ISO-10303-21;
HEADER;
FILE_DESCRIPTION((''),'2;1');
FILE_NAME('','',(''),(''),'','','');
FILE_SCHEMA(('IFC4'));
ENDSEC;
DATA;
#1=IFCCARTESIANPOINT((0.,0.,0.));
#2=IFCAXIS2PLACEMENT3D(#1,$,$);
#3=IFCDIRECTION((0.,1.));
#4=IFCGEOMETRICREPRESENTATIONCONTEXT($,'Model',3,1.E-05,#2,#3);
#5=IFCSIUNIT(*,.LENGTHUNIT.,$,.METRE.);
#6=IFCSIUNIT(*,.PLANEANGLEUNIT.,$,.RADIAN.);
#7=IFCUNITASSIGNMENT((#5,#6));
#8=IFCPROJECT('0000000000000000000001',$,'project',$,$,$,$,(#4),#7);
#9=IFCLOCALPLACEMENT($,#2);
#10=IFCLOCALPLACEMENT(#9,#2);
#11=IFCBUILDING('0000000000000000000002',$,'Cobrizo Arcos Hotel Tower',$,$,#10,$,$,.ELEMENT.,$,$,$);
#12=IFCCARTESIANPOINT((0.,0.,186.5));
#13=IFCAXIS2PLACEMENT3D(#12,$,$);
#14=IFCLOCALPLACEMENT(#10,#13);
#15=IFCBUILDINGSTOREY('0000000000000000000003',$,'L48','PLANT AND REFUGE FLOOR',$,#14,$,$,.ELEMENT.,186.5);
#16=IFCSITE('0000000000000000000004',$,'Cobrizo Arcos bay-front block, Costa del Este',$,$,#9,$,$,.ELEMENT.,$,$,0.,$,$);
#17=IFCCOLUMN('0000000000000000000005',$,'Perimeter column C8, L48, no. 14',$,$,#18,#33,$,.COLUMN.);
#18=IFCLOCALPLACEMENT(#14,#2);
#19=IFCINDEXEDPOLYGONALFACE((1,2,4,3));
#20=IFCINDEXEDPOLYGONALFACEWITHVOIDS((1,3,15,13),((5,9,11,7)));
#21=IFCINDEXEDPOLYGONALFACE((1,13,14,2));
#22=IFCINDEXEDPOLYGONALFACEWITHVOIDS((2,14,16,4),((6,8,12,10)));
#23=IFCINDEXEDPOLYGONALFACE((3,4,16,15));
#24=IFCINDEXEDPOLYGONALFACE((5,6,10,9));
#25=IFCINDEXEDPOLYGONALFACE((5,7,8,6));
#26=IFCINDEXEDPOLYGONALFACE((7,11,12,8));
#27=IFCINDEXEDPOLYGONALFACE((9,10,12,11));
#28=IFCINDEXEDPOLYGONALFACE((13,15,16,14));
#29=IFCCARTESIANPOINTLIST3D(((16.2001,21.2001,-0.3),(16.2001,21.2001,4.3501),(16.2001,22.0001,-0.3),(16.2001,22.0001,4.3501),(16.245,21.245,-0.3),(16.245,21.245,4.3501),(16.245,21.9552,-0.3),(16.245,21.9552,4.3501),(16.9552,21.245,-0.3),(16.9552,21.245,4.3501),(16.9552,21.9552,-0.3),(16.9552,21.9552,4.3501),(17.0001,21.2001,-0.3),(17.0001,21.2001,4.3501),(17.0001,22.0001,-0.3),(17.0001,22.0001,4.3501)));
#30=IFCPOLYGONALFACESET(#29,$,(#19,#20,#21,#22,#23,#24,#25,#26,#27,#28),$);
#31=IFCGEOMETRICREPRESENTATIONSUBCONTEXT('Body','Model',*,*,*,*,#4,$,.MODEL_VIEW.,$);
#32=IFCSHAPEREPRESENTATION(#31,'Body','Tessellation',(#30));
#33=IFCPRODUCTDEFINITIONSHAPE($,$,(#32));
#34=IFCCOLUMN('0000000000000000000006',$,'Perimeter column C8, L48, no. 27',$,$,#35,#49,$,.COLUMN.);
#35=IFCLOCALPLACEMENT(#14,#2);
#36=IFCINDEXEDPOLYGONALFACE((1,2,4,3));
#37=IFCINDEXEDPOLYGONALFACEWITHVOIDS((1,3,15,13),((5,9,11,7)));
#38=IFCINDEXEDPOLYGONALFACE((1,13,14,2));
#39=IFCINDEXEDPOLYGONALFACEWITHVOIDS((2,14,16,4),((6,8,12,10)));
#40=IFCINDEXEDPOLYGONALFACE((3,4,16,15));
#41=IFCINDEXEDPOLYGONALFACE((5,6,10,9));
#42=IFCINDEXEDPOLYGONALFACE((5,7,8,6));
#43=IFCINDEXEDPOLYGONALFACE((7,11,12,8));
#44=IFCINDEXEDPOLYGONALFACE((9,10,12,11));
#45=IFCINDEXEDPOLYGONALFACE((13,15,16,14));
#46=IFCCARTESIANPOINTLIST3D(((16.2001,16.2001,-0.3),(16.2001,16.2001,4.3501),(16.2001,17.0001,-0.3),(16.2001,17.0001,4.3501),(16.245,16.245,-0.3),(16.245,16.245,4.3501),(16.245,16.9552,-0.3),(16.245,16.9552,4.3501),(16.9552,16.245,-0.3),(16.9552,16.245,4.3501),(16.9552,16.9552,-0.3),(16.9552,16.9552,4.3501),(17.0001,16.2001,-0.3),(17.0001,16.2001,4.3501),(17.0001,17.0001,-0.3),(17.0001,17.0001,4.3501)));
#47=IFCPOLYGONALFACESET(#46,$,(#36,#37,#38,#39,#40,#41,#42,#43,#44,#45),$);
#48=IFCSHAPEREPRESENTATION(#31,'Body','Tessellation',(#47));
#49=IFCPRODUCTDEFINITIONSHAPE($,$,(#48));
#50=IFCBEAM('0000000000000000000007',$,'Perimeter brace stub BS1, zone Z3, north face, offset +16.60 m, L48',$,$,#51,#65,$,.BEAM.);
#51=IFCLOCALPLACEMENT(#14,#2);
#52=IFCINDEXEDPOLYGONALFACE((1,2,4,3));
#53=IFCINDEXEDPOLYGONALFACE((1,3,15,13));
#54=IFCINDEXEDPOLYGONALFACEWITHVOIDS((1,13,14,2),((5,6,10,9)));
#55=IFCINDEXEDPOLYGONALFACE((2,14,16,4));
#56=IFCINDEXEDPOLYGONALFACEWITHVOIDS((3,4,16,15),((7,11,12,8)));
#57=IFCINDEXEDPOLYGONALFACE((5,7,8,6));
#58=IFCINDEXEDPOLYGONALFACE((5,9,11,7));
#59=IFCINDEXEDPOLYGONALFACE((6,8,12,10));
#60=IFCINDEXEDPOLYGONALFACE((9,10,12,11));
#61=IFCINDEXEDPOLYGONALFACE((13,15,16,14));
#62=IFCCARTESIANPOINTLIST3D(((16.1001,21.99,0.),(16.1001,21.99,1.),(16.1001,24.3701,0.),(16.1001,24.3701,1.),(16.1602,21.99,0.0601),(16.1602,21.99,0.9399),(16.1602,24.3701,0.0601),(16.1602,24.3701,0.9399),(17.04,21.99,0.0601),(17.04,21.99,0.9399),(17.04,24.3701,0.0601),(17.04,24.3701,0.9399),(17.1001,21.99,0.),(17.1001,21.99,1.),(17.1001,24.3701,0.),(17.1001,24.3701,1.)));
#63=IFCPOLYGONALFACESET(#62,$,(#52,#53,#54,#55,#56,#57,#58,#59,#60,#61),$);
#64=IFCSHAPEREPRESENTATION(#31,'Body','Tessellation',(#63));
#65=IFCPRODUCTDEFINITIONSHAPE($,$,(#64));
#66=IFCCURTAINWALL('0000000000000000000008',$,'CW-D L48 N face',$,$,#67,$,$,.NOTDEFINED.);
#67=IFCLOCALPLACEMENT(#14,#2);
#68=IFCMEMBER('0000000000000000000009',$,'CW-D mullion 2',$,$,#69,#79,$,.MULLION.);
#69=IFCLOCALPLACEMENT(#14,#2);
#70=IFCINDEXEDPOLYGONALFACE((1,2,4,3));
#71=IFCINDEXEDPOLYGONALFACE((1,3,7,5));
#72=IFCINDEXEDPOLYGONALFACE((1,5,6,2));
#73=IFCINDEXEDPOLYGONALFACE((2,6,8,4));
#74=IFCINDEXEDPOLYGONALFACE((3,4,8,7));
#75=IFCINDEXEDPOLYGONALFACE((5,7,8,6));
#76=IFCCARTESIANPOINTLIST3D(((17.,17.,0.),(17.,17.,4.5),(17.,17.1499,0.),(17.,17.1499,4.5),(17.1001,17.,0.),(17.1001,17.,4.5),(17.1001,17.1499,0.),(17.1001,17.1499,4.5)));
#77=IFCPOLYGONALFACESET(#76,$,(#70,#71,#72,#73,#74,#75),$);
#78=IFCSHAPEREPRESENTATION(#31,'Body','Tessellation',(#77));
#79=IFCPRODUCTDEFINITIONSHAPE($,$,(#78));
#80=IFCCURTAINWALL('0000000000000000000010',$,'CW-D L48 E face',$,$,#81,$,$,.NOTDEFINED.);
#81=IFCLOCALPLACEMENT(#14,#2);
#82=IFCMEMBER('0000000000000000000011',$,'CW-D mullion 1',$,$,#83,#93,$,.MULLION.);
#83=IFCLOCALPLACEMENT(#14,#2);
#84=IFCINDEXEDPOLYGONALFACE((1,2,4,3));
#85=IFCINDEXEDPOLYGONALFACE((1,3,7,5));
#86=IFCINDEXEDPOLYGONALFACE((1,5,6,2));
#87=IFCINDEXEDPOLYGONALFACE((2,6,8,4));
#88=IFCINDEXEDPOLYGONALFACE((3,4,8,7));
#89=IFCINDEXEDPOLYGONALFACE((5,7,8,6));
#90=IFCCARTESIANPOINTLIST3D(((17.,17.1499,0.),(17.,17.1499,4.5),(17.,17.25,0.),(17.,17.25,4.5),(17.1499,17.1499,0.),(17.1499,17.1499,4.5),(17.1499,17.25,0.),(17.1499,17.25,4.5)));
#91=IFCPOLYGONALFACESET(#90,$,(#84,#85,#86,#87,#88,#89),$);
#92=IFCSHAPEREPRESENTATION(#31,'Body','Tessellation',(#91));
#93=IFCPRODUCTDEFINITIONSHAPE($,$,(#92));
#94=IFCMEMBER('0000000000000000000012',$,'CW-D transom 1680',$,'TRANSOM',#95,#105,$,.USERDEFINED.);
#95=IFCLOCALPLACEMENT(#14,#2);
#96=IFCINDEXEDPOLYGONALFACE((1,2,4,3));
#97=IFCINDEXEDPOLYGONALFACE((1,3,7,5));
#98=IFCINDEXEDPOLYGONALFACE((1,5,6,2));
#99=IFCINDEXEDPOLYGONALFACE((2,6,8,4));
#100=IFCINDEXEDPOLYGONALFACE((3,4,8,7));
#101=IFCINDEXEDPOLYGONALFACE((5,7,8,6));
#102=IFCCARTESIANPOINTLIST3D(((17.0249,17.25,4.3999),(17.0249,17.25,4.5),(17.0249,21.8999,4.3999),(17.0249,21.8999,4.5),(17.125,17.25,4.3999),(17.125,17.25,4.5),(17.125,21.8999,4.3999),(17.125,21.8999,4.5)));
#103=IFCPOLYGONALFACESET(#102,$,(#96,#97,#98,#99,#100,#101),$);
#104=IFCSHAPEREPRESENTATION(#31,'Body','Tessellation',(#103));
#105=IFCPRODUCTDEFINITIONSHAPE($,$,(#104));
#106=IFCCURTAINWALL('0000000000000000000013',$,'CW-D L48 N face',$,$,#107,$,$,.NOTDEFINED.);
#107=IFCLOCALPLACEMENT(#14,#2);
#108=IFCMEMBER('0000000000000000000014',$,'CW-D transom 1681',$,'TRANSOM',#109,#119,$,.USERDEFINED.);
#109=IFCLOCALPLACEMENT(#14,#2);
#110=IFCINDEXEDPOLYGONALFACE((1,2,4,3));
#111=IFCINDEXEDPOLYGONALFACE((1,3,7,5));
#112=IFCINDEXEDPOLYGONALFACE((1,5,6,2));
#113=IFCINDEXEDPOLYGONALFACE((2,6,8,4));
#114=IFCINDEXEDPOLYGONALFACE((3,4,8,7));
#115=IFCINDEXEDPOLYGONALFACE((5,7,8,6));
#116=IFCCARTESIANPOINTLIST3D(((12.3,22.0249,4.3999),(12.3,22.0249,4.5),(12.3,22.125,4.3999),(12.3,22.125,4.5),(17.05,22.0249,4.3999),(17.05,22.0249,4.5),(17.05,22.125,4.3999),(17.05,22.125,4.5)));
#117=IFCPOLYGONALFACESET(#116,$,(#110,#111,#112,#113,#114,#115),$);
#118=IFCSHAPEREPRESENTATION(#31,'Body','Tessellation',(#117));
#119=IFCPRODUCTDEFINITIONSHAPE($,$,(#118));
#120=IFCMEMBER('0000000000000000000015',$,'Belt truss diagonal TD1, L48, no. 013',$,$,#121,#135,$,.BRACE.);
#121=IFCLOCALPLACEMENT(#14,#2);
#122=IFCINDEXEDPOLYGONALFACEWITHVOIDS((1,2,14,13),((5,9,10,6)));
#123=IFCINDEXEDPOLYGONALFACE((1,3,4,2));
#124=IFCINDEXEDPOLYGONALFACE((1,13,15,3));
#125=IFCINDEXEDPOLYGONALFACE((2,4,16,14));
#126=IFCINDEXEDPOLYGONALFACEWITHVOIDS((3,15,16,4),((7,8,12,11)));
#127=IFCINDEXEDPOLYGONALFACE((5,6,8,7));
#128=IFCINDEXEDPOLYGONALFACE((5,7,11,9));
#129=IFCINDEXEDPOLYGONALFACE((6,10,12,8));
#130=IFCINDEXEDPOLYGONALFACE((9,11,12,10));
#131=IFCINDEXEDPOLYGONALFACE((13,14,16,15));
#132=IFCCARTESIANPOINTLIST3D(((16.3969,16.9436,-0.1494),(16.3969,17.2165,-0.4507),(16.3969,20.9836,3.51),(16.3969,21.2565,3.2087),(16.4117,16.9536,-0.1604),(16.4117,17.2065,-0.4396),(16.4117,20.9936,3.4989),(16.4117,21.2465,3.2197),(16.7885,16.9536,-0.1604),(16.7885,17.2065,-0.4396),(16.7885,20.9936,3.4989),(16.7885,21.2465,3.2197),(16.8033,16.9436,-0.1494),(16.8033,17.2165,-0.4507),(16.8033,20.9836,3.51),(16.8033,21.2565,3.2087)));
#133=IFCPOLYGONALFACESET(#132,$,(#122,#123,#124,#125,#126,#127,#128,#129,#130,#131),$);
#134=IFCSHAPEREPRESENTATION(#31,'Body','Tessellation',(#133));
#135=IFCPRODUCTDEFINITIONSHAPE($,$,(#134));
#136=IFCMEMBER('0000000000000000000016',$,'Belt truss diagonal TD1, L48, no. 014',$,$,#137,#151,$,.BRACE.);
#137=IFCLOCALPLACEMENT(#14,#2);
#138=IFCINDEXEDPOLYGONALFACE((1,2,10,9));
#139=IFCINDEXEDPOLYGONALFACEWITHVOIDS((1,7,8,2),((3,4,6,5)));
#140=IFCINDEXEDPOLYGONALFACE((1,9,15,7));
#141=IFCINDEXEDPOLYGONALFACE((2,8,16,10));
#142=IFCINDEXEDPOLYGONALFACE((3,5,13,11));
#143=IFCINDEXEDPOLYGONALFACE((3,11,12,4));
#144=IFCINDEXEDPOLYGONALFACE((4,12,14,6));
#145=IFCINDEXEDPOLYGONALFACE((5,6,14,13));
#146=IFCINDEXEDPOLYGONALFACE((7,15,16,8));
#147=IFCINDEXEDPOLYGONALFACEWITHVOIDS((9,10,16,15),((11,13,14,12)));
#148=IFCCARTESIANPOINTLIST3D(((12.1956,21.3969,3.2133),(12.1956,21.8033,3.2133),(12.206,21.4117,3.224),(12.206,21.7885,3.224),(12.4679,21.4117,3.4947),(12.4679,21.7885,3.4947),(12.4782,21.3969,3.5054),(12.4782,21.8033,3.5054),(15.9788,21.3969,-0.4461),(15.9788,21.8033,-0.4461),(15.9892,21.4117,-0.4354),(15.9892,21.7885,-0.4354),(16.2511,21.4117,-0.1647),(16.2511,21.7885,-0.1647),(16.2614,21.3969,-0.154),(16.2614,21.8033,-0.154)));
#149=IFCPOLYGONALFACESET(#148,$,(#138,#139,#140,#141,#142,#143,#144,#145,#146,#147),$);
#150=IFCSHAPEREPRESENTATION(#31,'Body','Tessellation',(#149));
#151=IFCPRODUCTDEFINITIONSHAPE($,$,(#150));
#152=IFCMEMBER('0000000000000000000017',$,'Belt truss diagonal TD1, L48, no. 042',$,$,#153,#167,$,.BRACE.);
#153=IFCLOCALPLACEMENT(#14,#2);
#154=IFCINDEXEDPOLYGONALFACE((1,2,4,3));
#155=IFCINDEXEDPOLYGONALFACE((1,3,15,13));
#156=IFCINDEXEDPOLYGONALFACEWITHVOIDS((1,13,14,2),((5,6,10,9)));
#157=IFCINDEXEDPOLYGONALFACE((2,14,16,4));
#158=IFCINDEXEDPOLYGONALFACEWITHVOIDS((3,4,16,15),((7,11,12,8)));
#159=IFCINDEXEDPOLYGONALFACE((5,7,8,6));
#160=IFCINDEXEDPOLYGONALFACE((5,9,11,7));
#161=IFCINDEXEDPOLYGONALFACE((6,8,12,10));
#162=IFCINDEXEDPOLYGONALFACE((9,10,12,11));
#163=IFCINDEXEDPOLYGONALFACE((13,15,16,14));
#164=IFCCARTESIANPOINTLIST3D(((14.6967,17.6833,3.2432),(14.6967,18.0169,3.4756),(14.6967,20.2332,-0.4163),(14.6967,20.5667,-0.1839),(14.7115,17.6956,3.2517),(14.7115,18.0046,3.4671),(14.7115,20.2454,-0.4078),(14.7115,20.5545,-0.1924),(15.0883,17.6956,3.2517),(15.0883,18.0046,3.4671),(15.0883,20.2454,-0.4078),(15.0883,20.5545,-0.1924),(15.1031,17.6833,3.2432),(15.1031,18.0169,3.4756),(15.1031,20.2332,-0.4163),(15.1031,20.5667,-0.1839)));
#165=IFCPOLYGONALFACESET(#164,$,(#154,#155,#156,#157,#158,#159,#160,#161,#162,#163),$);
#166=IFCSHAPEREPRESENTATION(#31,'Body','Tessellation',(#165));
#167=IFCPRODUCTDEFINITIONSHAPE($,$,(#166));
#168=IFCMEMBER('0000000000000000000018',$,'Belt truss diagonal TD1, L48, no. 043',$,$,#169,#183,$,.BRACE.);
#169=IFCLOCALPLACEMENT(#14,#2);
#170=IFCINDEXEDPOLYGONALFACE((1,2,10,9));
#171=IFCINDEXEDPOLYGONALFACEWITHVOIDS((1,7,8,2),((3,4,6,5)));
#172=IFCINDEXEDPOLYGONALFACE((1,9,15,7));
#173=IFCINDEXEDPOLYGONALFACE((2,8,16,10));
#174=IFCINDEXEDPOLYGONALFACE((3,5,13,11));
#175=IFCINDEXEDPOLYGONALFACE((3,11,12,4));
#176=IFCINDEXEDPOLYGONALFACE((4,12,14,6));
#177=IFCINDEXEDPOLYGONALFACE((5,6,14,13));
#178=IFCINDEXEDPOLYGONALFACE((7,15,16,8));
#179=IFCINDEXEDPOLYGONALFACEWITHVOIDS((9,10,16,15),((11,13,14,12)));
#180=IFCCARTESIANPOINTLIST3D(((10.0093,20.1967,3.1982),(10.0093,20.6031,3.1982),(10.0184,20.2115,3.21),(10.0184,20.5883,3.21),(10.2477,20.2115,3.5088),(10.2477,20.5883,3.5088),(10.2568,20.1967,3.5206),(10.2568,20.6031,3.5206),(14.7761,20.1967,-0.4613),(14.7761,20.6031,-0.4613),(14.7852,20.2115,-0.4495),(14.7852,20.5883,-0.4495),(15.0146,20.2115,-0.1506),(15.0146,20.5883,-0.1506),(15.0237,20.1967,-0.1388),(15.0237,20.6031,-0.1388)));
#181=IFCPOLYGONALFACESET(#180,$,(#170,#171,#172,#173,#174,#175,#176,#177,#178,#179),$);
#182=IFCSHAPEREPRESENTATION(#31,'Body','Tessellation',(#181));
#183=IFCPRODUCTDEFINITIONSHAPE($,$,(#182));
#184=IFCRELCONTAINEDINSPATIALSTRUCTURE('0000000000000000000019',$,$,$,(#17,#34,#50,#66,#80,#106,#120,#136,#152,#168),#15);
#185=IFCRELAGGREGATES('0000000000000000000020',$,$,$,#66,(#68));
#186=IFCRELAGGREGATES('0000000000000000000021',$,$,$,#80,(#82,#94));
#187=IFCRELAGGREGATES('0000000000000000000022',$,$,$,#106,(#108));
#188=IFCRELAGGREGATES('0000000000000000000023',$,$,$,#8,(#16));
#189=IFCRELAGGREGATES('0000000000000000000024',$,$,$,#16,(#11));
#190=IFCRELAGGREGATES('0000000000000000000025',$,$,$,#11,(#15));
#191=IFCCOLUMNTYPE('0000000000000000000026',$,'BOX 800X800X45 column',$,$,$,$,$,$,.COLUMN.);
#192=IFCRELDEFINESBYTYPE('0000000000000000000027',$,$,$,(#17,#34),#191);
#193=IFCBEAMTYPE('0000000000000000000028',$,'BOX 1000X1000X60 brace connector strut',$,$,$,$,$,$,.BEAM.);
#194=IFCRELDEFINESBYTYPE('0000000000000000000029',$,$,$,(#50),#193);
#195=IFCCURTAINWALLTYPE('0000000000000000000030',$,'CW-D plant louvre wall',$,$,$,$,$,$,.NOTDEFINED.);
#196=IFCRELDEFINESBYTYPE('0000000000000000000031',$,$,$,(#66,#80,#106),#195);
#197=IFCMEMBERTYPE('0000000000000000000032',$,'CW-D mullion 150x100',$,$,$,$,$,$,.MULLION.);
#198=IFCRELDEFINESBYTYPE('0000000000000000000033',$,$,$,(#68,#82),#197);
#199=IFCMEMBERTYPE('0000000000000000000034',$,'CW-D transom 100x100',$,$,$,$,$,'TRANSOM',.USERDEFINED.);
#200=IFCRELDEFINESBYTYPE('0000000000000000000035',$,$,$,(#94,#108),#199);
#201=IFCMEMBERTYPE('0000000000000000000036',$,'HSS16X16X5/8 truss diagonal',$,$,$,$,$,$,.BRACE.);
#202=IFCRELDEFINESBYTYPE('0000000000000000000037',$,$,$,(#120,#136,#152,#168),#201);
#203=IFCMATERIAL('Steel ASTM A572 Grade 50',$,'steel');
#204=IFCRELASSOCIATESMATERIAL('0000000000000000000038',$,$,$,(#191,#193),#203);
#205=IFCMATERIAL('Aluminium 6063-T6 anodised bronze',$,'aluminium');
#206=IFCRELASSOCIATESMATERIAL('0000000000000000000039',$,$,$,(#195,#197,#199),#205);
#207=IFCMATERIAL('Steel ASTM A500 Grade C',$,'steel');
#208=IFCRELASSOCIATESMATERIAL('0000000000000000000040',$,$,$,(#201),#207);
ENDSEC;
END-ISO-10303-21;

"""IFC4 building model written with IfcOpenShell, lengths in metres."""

from ifc_helpers import new_model, si_unit, direction, frame, origin, origin_2d, place, context, subcontext, project, spatial, rectangle, hollow_rectangle, extrude, material, material_profile, profile_set, type_object, element, aggregate, save


model = new_model("IFC4")

# Units and contexts
model_context = context("Model", 3, precision=1e-05, world=origin(), true_north=direction((0.0, 1.0)))
body_context = subcontext(model_context, "Body", "Model", "MODEL_VIEW")
ifc_project = project(units=[si_unit("LENGTHUNIT", "METRE"), si_unit("PLANEANGLEUNIT", "RADIAN")], contexts=[model_context])

# Site, building, storey
site_placement = place(None, origin())
site = spatial("IfcSite", under=ifc_project, at=site_placement, Name="Cobrizo Arcos bay-front block, Costa del Este", CompositionType="ELEMENT", RefElevation=0.0)
building_placement = place(site_placement, origin())
building = spatial("IfcBuilding", under=site, at=building_placement, Name="Cobrizo Arcos Hotel Tower", CompositionType="ELEMENT")
storey_placement = place(building_placement, frame((0.0, 0.0, 186.5)))
storey = spatial("IfcBuildingStorey", under=building, at=storey_placement, Name="L48", Description="PLANT AND REFUGE FLOOR", CompositionType="ELEMENT", Elevation=186.5)

# Columns
ifc_material_1 = material(Name="Steel ASTM A572 Grade 50", Category="steel")
ifc_material_profile_1 = material_profile(ifc_material_1, hollow_rectangle(XDim=0.8, YDim=0.8, WallThickness=0.0449, at=origin_2d()), Name="BOX 800X800X45")
ifc_profile_set_1 = profile_set([ifc_material_profile_1], Name="Steel ASTM A572 Grade 50")
column_type = type_object("IfcColumnType", Name="BOX 800X800X45 column", PredefinedType="COLUMN", material=ifc_profile_set_1)
for number, where, z_axis, x_axis, name in (
    (1, (16.6001, 21.6001, -0.3), (0.0, 0.0, 1.0), (1.0, 0.0, 0.0), "Perimeter column C8, L48, no. 14"),
    (2, (16.6001, 16.6001, -0.3), (0.0, 0.0, 1.0), (1.0, 0.0, 0.0), "Perimeter column C8, L48, no. 27"),
):
    element("IfcColumn", number, at=place(storey_placement, frame(where, z_axis=z_axis, x_axis=x_axis)), inside=storey, type_object=column_type, Name=name, PredefinedType="COLUMN", context=body_context, shape_type="SweptSolid", body=[
        extrude(hollow_rectangle(XDim=0.8, YDim=0.8, WallThickness=0.0449, at=origin_2d()), origin(), (0.0, 0.0, 1.0), 4.6501),
    ])

# Beam
ifc_material_profile_2 = material_profile(ifc_material_1, hollow_rectangle(XDim=1.0, YDim=1.0, WallThickness=0.0601, at=origin_2d()), Name="BOX 1000X1000X60")
ifc_profile_set_2 = profile_set([ifc_material_profile_2], Name="Steel ASTM A572 Grade 50")
beam_type = type_object("IfcBeamType", Name="BOX 1000X1000X60 brace connector strut", PredefinedType="BEAM", material=ifc_profile_set_2)
beam_placement = place(storey_placement, frame((16.6001, 21.99, 0.5), z_axis=(0.0, 1.0, 0.0), x_axis=(-1.0, 0.0, 0.0)))
element("IfcBeam", 3, at=beam_placement, inside=storey, type_object=beam_type, Name="Perimeter brace stub BS1, zone Z3, north face, offset +16.60 m, L48", PredefinedType="BEAM", context=body_context, shape_type="SweptSolid", body=[
    extrude(hollow_rectangle(XDim=1.0, YDim=1.0, WallThickness=0.0601, at=origin_2d()), origin(), (0.0, 0.0, 1.0), 2.3801),
])

# Curtain wall, member
ifc_material_2 = material(Name="Aluminium 6063-T6 anodised bronze", Category="aluminium")
curtain_wall_type = type_object("IfcCurtainWallType", Name="CW-D plant louvre wall", PredefinedType="NOTDEFINED", material=ifc_material_2)
curtain_wall_1_placement = place(storey_placement, origin())
curtain_wall_1 = element("IfcCurtainWall", 4, at=curtain_wall_1_placement, inside=storey, type_object=curtain_wall_type, Name="CW-D L48 N face", PredefinedType="NOTDEFINED")
ifc_material_profile_3 = material_profile(ifc_material_2, rectangle(XDim=0.1499, YDim=0.1001, at=origin_2d()), Name="CW-D mullion 150x100")
ifc_profile_set_3 = profile_set([ifc_material_profile_3], Name="Aluminium 6063-T6 anodised bronze")
member_type_1 = type_object("IfcMemberType", Name="CW-D mullion 150x100", PredefinedType="MULLION", material=ifc_profile_set_3)
member_1_placement = place(storey_placement, frame((17.05, 17.075, 0.0), z_axis=(0.0, 0.0, 1.0), x_axis=(0.0, 1.0, 0.0)))
member_1 = element("IfcMember", 5, at=member_1_placement, type_object=member_type_1, Name="CW-D mullion 2", PredefinedType="MULLION", context=body_context, shape_type="SweptSolid", body=[
    extrude(rectangle(XDim=0.1499, YDim=0.1001, at=origin_2d()), origin(), (0.0, 0.0, 1.0), 4.5),
])
aggregate(curtain_wall_1, [member_1])

# Curtain wall, members
curtain_wall_2_placement = place(storey_placement, origin())
curtain_wall_2 = element("IfcCurtainWall", 6, at=curtain_wall_2_placement, inside=storey, type_object=curtain_wall_type, Name="CW-D L48 E face", PredefinedType="NOTDEFINED")
member_2_placement = place(storey_placement, frame((17.075, 17.2, 0.0), z_axis=(0.0, 0.0, 1.0), x_axis=(1.0, 0.0, 0.0)))
member_2 = element("IfcMember", 7, at=member_2_placement, type_object=member_type_1, Name="CW-D mullion 1", PredefinedType="MULLION", context=body_context, shape_type="SweptSolid", body=[
    extrude(rectangle(XDim=0.1499, YDim=0.1001, at=origin_2d()), origin(), (0.0, 0.0, 1.0), 4.5),
])
ifc_material_profile_4 = material_profile(ifc_material_2, rectangle(XDim=0.1001, YDim=0.1001, at=origin_2d()), Name="CW-D transom 100x100")
ifc_profile_set_4 = profile_set([ifc_material_profile_4], Name="Aluminium 6063-T6 anodised bronze")
member_type_2 = type_object("IfcMemberType", Name="CW-D transom 100x100", ElementType="TRANSOM", PredefinedType="USERDEFINED", material=ifc_profile_set_4)
member_3_placement = place(storey_placement, frame((17.075, 17.25, 4.45), z_axis=(0.0, 1.0, 0.0), x_axis=(-1.0, 0.0, 0.0)))
member_3 = element("IfcMember", 8, at=member_3_placement, type_object=member_type_2, Name="CW-D transom 1680", ObjectType="TRANSOM", PredefinedType="USERDEFINED", context=body_context, shape_type="SweptSolid", body=[
    extrude(rectangle(XDim=0.1001, YDim=0.1001, at=origin_2d()), origin(), (0.0, 0.0, 1.0), 4.6499),
])
aggregate(curtain_wall_2, [member_2, member_3])

# Curtain wall, member
curtain_wall_3_placement = place(storey_placement, origin())
curtain_wall_3 = element("IfcCurtainWall", 9, at=curtain_wall_3_placement, inside=storey, type_object=curtain_wall_type, Name="CW-D L48 N face", PredefinedType="NOTDEFINED")
member_4_placement = place(storey_placement, frame((17.05, 22.075, 4.45), z_axis=(-1.0, 0.0, 0.0), x_axis=(0.0, -1.0, 0.0)))
member_4 = element("IfcMember", 10, at=member_4_placement, type_object=member_type_2, Name="CW-D transom 1681", ObjectType="TRANSOM", PredefinedType="USERDEFINED", context=body_context, shape_type="SweptSolid", body=[
    extrude(rectangle(XDim=0.1001, YDim=0.1001, at=origin_2d()), origin(), (0.0, 0.0, 1.0), 4.75),
])
aggregate(curtain_wall_3, [member_4])

# Members
ifc_material_3 = material(Name="Steel ASTM A500 Grade C", Category="steel")
ifc_material_profile_5 = material_profile(ifc_material_3, hollow_rectangle(XDim=0.4065, YDim=0.4065, WallThickness=0.0149, at=origin_2d()), Name="HSS16X16X5/8")
ifc_profile_set_5 = profile_set([ifc_material_profile_5], Name="Steel ASTM A500 Grade C")
member_type_3 = type_object("IfcMemberType", Name="HSS16X16X5/8 truss diagonal", PredefinedType="BRACE", material=ifc_profile_set_5)
member_5_placement = place(storey_placement, frame((16.6001, 17.0801, -0.3), z_axis=(0.0, 0.741157, 0.671332), x_axis=(-1.0, 0.0, 0.0)))
element("IfcMember", 11, at=member_5_placement, inside=storey, type_object=member_type_3, Name="Belt truss diagonal TD1, L48, no. 013", PredefinedType="BRACE", context=body_context, shape_type="SweptSolid", body=[
    extrude(hollow_rectangle(XDim=0.4065, YDim=0.4065, WallThickness=0.0149, at=origin_2d()), origin(), (0.0, 0.0, 1.0), 5.4509),
])
member_6_placement = place(storey_placement, frame((16.1201, 21.6001, -0.3), z_axis=(-0.718767, 0.0, 0.695251), x_axis=(0.0, -1.0, 0.0)))
element("IfcMember", 12, at=member_6_placement, inside=storey, type_object=member_type_3, Name="Belt truss diagonal TD1, L48, no. 014", PredefinedType="BRACE", context=body_context, shape_type="SweptSolid", body=[
    extrude(hollow_rectangle(XDim=0.4065, YDim=0.4065, WallThickness=0.0149, at=origin_2d()), origin(), (0.0, 0.0, 1.0), 5.2634),
])
member_7_placement = place(storey_placement, frame((14.8999, 17.8501, 3.3594), z_axis=(0.0, 0.571687, -0.820472), x_axis=(-1.0, 0.0, 0.0)))
element("IfcMember", 13, at=member_7_placement, inside=storey, type_object=member_type_3, Name="Belt truss diagonal TD1, L48, no. 042", PredefinedType="BRACE", context=body_context, shape_type="SweptSolid", body=[
    extrude(hollow_rectangle(XDim=0.4065, YDim=0.4065, WallThickness=0.0149, at=origin_2d()), origin(), (0.0, 0.0, 1.0), 4.4602),
])
member_8_placement = place(storey_placement, frame((14.8999, 20.3999, -0.3), z_axis=(-0.793217, 0.0, 0.608939), x_axis=(0.0, -1.0, 0.0)))
element("IfcMember", 14, at=member_8_placement, inside=storey, type_object=member_type_3, Name="Belt truss diagonal TD1, L48, no. 043", PredefinedType="BRACE", context=body_context, shape_type="SweptSolid", body=[
    extrude(hollow_rectangle(XDim=0.4065, YDim=0.4065, WallThickness=0.0149, at=origin_2d()), origin(), (0.0, 0.0, 1.0), 6.0095),
])

save(model, "model.ifc")
